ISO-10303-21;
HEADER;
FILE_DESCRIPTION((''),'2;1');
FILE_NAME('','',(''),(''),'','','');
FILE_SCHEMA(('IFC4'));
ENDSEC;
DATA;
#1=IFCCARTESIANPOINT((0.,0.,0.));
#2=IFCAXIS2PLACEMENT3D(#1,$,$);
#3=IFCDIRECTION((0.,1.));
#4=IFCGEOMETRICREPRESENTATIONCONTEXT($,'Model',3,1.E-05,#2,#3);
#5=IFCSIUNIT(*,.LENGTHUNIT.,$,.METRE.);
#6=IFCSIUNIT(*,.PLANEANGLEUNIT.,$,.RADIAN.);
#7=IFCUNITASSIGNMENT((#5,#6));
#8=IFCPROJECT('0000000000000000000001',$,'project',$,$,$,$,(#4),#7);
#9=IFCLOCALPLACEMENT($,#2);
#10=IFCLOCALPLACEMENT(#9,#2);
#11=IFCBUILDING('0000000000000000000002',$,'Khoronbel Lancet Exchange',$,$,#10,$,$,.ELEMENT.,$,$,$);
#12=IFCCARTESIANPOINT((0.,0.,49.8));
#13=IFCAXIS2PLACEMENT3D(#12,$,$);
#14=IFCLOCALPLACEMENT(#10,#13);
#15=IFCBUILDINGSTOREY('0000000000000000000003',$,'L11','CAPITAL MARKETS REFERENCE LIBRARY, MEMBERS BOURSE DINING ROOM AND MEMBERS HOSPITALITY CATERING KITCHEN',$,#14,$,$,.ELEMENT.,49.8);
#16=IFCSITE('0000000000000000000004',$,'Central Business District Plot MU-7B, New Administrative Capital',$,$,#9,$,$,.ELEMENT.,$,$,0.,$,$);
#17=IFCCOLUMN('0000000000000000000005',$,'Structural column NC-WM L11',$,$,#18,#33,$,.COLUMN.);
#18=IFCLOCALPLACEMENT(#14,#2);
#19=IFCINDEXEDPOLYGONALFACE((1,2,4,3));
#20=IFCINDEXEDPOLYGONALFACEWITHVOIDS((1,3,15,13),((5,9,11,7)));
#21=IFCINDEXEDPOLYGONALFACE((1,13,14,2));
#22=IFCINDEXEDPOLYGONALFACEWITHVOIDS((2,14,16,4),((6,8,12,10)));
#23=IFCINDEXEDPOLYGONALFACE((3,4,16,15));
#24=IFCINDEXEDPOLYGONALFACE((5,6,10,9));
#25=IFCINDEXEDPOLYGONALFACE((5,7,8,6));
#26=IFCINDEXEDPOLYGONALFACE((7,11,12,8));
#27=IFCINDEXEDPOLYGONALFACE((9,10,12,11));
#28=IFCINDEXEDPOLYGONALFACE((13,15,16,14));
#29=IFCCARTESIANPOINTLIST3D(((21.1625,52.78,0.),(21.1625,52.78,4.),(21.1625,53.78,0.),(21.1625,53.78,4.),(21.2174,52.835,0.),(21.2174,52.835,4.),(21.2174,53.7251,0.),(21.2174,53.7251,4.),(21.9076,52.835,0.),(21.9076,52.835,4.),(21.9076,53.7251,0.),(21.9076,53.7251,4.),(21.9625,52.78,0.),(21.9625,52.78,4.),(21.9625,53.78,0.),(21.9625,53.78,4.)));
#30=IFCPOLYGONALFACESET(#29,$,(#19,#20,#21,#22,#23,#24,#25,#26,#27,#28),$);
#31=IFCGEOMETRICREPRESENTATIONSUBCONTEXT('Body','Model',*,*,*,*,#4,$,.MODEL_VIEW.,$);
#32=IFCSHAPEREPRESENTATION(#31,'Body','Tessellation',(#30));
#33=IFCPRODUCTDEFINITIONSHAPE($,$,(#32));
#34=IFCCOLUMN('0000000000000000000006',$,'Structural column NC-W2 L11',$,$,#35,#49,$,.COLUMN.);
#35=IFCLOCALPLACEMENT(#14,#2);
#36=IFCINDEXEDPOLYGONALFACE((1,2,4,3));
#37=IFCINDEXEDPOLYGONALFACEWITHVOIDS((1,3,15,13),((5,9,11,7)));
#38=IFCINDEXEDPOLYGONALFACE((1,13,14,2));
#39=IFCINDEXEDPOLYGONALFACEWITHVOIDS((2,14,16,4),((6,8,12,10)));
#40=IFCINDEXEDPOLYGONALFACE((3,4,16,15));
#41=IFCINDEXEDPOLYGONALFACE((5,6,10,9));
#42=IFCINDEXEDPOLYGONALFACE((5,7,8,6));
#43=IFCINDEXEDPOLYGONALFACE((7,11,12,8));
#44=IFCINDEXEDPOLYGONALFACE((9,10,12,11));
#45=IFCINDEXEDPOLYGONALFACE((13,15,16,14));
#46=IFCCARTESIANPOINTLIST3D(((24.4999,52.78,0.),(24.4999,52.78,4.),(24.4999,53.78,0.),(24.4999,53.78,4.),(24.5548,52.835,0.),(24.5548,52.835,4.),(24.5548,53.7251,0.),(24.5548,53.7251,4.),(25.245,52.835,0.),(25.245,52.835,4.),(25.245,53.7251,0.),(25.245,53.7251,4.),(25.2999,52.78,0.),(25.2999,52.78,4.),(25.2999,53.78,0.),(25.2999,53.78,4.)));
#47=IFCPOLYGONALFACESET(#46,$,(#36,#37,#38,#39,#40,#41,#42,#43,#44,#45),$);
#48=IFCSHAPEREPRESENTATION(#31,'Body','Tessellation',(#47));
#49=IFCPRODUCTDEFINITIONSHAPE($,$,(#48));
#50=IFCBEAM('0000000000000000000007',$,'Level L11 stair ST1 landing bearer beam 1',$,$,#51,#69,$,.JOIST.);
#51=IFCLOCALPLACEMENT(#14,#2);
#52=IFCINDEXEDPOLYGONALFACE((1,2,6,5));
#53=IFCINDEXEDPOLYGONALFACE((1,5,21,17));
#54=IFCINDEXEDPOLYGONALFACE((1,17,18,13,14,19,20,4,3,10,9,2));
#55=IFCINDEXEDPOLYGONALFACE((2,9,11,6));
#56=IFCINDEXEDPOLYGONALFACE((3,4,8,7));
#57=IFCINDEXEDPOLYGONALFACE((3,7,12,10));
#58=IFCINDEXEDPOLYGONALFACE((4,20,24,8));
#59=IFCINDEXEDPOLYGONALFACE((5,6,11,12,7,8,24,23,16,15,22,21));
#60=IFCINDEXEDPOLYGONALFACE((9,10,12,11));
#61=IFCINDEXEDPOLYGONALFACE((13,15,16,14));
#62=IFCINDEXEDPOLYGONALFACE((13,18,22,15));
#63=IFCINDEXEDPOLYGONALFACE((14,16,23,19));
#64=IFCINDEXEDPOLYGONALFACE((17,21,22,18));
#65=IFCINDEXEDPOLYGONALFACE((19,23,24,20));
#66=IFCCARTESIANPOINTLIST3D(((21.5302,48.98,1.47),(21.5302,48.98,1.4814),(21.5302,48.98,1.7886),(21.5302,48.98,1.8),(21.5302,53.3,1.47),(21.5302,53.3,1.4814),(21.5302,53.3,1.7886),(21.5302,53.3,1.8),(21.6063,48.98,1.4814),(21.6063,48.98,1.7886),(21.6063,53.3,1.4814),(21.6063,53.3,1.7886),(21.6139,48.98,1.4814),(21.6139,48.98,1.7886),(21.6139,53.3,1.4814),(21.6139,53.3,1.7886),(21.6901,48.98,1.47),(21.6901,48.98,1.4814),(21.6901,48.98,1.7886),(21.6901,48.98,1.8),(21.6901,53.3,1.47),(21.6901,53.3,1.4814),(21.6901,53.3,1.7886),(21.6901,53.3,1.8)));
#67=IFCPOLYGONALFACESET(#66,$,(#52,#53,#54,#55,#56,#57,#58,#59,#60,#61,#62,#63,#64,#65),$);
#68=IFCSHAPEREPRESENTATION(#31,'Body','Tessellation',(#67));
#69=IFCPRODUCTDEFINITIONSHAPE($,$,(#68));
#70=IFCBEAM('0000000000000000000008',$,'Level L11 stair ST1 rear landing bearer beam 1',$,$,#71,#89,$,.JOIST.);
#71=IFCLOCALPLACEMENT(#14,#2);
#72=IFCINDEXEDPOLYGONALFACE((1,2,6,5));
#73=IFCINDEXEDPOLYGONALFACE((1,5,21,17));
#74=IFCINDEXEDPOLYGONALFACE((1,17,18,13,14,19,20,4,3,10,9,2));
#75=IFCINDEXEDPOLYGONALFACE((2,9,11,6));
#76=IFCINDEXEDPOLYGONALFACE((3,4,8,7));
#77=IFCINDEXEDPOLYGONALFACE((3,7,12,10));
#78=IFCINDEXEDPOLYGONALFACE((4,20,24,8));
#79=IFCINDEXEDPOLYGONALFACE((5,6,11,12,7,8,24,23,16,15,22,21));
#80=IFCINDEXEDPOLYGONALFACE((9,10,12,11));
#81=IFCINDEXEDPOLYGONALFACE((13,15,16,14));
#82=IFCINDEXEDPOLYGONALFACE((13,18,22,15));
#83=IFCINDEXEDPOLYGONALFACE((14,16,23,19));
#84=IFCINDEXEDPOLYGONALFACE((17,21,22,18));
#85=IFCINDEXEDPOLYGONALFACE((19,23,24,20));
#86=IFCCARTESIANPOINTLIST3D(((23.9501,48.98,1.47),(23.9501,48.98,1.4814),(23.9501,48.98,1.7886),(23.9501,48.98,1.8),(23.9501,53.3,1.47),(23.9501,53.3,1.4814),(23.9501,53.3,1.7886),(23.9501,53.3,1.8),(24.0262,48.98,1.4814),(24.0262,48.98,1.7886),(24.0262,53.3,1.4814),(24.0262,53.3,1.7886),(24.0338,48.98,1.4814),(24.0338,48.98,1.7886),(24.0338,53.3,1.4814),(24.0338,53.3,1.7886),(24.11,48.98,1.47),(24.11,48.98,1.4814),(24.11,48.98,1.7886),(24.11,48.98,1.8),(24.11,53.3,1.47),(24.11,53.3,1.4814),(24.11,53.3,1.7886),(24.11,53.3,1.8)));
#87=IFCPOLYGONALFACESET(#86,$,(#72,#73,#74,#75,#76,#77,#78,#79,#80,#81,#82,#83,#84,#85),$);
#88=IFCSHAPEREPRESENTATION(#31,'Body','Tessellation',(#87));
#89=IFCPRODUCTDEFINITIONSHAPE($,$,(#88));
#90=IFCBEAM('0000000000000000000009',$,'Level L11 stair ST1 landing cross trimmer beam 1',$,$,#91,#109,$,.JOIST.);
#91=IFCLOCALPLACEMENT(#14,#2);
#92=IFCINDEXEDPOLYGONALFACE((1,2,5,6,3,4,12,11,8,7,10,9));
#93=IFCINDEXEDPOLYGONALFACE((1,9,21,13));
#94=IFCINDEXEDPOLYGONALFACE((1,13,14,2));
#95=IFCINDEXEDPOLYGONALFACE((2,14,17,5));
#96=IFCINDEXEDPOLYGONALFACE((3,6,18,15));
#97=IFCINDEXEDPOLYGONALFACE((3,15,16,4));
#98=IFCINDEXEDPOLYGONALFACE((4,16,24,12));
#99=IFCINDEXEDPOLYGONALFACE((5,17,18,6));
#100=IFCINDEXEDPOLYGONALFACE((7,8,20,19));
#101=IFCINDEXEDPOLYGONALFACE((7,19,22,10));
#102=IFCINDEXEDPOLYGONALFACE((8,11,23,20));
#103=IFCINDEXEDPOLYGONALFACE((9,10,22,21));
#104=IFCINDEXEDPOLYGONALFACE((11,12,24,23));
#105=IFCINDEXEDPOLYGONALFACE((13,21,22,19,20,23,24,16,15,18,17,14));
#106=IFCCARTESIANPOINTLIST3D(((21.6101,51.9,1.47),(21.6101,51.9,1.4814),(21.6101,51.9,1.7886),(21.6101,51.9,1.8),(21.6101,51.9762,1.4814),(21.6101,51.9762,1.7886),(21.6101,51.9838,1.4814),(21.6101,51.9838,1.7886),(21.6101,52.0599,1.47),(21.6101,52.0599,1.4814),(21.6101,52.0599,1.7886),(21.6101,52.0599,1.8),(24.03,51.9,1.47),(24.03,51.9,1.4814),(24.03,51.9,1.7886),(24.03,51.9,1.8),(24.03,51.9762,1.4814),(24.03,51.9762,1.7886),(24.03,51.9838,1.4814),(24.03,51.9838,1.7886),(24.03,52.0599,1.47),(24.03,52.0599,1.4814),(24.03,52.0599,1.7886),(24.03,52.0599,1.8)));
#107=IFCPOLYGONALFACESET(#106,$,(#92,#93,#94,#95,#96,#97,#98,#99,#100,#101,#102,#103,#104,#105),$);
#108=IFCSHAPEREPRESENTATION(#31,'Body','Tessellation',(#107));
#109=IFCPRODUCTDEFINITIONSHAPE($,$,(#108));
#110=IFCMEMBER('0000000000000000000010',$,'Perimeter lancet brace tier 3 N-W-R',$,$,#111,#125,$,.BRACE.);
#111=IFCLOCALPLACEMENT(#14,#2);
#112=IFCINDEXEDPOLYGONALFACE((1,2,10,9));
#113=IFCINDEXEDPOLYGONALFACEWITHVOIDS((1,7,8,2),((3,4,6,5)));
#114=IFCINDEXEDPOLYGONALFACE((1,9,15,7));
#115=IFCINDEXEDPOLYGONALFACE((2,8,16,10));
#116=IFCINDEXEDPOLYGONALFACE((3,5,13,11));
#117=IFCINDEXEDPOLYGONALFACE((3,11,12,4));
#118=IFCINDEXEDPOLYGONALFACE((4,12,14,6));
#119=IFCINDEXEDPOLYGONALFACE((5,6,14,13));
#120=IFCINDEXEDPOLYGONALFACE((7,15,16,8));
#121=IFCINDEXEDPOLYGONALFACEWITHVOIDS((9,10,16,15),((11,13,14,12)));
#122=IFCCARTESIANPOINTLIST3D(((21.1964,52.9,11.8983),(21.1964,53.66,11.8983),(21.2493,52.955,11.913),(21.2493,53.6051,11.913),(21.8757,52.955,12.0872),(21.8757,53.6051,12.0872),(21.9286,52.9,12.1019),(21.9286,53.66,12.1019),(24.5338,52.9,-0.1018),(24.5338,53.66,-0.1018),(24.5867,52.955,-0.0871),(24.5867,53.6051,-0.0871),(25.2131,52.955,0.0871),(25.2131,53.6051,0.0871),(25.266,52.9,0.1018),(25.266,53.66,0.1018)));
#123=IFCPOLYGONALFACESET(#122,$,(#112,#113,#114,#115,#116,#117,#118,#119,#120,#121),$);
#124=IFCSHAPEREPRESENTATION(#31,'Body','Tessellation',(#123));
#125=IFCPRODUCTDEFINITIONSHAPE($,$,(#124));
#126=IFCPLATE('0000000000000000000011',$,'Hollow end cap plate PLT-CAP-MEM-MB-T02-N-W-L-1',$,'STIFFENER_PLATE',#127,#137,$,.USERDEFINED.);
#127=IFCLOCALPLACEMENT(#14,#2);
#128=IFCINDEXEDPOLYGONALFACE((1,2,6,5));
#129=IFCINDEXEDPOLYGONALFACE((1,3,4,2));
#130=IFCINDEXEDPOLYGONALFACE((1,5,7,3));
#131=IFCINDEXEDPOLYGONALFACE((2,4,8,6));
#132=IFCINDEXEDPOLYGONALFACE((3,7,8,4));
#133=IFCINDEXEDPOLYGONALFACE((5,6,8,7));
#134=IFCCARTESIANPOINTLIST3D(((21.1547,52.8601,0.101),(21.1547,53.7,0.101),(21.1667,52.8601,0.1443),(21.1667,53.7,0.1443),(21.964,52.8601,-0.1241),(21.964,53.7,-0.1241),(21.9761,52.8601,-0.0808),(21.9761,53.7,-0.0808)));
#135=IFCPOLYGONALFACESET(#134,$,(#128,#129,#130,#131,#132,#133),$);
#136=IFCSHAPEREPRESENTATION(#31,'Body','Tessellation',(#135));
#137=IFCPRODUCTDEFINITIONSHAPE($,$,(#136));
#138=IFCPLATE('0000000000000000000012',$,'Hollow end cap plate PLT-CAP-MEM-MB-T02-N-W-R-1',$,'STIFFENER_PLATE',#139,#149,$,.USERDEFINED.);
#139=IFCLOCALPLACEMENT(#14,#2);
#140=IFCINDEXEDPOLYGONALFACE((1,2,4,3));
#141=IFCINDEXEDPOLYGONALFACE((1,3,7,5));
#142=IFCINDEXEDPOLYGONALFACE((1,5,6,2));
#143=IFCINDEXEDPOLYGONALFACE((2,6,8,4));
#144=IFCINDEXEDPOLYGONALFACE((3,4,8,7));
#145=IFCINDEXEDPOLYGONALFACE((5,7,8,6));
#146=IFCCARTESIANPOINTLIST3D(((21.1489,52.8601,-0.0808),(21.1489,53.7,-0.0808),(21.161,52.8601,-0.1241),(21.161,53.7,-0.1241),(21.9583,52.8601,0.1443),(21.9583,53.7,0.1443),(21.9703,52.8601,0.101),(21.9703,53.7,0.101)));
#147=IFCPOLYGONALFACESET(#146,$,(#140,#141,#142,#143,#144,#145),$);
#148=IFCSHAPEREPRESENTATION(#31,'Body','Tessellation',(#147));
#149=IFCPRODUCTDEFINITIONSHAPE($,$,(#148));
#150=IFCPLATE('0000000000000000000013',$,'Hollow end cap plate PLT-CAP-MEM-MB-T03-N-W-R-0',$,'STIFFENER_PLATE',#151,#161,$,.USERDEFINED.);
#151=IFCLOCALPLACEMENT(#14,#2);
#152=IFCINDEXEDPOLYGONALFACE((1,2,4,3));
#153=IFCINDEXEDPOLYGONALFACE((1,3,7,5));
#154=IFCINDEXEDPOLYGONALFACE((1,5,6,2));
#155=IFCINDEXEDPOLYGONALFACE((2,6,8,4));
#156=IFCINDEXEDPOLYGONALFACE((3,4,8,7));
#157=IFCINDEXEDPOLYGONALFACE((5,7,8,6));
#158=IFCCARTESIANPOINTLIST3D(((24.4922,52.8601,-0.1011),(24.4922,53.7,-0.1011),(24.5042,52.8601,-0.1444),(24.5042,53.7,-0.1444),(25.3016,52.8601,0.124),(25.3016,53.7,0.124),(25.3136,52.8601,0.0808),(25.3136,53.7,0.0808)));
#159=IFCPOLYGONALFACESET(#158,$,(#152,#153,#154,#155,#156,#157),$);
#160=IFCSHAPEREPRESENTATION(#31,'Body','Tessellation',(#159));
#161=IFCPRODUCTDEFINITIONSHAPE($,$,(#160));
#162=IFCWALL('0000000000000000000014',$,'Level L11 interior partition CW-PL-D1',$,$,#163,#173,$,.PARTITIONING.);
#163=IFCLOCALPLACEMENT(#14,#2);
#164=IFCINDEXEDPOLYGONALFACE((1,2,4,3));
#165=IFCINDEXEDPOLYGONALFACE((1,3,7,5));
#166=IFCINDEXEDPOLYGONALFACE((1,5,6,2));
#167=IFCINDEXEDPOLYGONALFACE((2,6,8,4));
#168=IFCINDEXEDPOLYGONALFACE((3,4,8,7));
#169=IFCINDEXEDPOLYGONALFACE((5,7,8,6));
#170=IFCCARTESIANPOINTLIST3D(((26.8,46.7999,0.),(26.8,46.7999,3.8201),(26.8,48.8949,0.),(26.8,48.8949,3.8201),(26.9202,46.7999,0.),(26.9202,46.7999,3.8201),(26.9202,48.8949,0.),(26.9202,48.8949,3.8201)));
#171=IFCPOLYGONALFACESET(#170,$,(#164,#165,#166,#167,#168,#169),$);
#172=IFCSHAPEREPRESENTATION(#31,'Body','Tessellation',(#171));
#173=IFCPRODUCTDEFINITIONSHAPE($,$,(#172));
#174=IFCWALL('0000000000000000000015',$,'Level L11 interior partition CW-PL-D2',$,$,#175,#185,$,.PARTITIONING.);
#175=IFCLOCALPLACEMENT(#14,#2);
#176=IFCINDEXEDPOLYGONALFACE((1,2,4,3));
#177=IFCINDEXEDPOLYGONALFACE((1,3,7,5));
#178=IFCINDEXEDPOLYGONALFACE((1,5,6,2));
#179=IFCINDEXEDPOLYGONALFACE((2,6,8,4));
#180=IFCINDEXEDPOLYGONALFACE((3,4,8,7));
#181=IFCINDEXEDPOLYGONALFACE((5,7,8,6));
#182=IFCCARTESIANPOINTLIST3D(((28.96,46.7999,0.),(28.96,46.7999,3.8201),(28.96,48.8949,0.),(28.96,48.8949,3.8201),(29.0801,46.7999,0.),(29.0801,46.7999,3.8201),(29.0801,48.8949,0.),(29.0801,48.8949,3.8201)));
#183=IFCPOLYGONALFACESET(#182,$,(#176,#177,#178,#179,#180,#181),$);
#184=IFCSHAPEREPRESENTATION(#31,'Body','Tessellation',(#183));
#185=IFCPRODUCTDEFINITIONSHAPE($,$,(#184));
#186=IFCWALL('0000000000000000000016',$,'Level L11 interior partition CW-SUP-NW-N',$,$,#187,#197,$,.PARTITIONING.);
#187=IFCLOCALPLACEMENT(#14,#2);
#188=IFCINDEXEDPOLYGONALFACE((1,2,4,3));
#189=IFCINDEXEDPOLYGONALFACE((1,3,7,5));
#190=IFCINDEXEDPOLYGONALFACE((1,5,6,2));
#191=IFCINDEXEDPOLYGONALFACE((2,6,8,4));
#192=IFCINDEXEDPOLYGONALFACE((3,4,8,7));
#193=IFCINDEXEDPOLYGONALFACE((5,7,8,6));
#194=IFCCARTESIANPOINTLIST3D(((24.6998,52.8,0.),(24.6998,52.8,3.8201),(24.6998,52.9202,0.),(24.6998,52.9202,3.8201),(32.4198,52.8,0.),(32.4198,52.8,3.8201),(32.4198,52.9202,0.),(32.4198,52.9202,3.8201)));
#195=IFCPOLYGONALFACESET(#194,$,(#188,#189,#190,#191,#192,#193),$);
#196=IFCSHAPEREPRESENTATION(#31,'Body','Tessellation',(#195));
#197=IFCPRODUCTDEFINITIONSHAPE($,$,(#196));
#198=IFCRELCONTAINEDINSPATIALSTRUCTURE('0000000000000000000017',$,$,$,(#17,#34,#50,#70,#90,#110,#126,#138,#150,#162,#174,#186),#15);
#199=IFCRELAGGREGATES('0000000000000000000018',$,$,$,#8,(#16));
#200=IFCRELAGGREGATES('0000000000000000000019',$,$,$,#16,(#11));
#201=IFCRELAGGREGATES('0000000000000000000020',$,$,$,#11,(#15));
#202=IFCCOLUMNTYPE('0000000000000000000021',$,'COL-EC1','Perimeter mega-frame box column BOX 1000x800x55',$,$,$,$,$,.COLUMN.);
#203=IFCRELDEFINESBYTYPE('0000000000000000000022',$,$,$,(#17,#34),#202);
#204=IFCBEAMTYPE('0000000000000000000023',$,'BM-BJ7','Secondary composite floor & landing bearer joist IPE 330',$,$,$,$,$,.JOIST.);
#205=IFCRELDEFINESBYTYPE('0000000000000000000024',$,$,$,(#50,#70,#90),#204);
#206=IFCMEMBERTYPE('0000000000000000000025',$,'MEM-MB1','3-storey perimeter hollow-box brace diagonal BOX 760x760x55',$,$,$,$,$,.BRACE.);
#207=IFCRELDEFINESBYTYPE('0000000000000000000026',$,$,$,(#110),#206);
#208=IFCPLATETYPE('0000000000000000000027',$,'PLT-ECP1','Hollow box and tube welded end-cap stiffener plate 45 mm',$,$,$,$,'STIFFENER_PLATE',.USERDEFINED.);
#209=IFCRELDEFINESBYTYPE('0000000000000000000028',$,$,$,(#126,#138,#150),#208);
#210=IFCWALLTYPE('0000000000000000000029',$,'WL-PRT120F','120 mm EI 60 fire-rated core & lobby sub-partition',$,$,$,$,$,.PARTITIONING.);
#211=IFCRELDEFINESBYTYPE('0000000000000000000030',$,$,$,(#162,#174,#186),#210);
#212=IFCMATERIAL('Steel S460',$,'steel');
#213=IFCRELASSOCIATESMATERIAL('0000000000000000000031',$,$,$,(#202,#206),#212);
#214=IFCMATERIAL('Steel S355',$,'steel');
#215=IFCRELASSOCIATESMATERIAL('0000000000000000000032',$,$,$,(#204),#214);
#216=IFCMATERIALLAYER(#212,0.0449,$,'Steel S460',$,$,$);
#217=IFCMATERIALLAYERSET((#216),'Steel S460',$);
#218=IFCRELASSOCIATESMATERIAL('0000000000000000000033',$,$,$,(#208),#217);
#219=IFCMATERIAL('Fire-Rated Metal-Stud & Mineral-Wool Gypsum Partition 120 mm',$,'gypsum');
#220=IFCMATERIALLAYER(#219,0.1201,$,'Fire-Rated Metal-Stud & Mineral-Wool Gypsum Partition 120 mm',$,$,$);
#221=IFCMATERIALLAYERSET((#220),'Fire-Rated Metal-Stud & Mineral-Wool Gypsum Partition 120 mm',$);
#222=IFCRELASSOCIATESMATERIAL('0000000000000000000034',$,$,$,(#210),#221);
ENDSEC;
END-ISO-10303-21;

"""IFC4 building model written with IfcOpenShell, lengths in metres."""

from ifc_helpers import new_model, si_unit, direction, frame, frame_2d, origin, origin_2d, place, context, subcontext, project, spatial, polyline, rectangle, hollow_rectangle, i_section, outline, extrude, material, layer, layer_set, material_profile, profile_set, type_object, element, save


model = new_model("IFC4")

# Units and contexts
model_context = context("Model", 3, precision=1e-05, world=origin(), true_north=direction((0.0, 1.0)))
body_context = subcontext(model_context, "Body", "Model", "MODEL_VIEW")
ifc_project = project(units=[si_unit("LENGTHUNIT", "METRE"), si_unit("PLANEANGLEUNIT", "RADIAN")], contexts=[model_context])

# Site, building, storey
site_placement = place(None, origin())
site = spatial("IfcSite", under=ifc_project, at=site_placement, Name="Central Business District Plot MU-7B, New Administrative Capital", CompositionType="ELEMENT", RefElevation=0.0)
building_placement = place(site_placement, origin())
building = spatial("IfcBuilding", under=site, at=building_placement, Name="Khoronbel Lancet Exchange", CompositionType="ELEMENT")
storey_placement = place(building_placement, frame((0.0, 0.0, 49.8)))
storey = spatial("IfcBuildingStorey", under=building, at=storey_placement, Name="L11", Description="CAPITAL MARKETS REFERENCE LIBRARY, MEMBERS BOURSE DINING ROOM AND MEMBERS HOSPITALITY CATERING KITCHEN", CompositionType="ELEMENT", Elevation=49.8)

# Columns
ifc_material_1 = material(Name="Steel S460", Category="steel")
ifc_material_profile_1 = material_profile(ifc_material_1, hollow_rectangle(XDim=0.8, YDim=1.0, WallThickness=0.0549, at=origin_2d()), Name="BOX 1000x800x55")
ifc_profile_set_1 = profile_set([ifc_material_profile_1], Name="Steel S460")
column_type = type_object("IfcColumnType", Name="COL-EC1", Description="Perimeter mega-frame box column BOX 1000x800x55", PredefinedType="COLUMN", material=ifc_profile_set_1)
for number, where, z_axis, x_axis, name in (
    (1, (21.5625, 53.28, 0.0), (0.0, 0.0, 1.0), (1.0, 0.0, 0.0), "Structural column NC-WM L11"),
    (2, (24.8999, 53.28, 0.0), (0.0, 0.0, 1.0), (1.0, 0.0, 0.0), "Structural column NC-W2 L11"),
):
    element("IfcColumn", number, at=place(storey_placement, frame(where, z_axis=z_axis, x_axis=x_axis)), inside=storey, type_object=column_type, Name=name, PredefinedType="COLUMN", context=body_context, shape_type="SweptSolid", body=[
        extrude(hollow_rectangle(XDim=0.8, YDim=1.0, WallThickness=0.0549, at=origin_2d()), origin(), (0.0, 0.0, 1.0), 4.0),
    ])

# Beams
ifc_material_2 = material(Name="Steel S355", Category="steel")
ifc_material_profile_2 = material_profile(ifc_material_2, i_section(OverallWidth=0.1599, OverallDepth=0.3301, WebThickness=0.0076, FlangeThickness=0.0115, at=origin_2d()), Name="IPE 330")
ifc_profile_set_2 = profile_set([ifc_material_profile_2], Name="Steel S355")
beam_type = type_object("IfcBeamType", Name="BM-BJ7", Description="Secondary composite floor & landing bearer joist IPE 330", PredefinedType="JOIST", material=ifc_profile_set_2)
for number, where, z_axis, x_axis, name in (
    (3, (21.6101, 48.98, 1.635), (0.0, 1.0, 0.0), (-1.0, 0.0, 0.0), "Level L11 stair ST1 landing bearer beam 1"),
    (4, (24.03, 48.98, 1.635), (0.0, 1.0, 0.0), (-1.0, 0.0, 0.0), "Level L11 stair ST1 rear landing bearer beam 1"),
):
    element("IfcBeam", number, at=place(storey_placement, frame(where, z_axis=z_axis, x_axis=x_axis)), inside=storey, type_object=beam_type, Name=name, PredefinedType="JOIST", context=body_context, shape_type="SweptSolid", body=[
        extrude(i_section(OverallWidth=0.1599, OverallDepth=0.3301, WebThickness=0.0076, FlangeThickness=0.0115, at=origin_2d()), origin(), (0.0, 0.0, 1.0), 4.3201),
    ])
beam_placement = place(storey_placement, frame((21.6101, 51.98, 1.635), z_axis=(1.0, 0.0, 0.0), x_axis=(0.0, 1.0, 0.0)))
element("IfcBeam", 5, at=beam_placement, inside=storey, type_object=beam_type, Name="Level L11 stair ST1 landing cross trimmer beam 1", PredefinedType="JOIST", context=body_context, shape_type="SweptSolid", body=[
    extrude(i_section(OverallWidth=0.1599, OverallDepth=0.3301, WebThickness=0.0076, FlangeThickness=0.0115, at=origin_2d()), origin(), (0.0, 0.0, 1.0), 2.4199),
])

# Member
ifc_material_profile_3 = material_profile(ifc_material_1, hollow_rectangle(XDim=0.76, YDim=0.76, WallThickness=0.0549, at=origin_2d()), Name="BOX 760x760x55")
ifc_profile_set_3 = profile_set([ifc_material_profile_3], Name="Steel S460")
member_type = type_object("IfcMemberType", Name="MEM-MB1", Description="3-storey perimeter hollow-box brace diagonal BOX 760x760x55", PredefinedType="BRACE", material=ifc_profile_set_3)
member_placement = place(storey_placement, frame((24.8999, 53.28, 0.0), z_axis=(-0.267947, 0.0, 0.963434), x_axis=(0.0, -1.0, 0.0)))
element("IfcMember", 6, at=member_placement, inside=storey, type_object=member_type, Name="Perimeter lancet brace tier 3 N-W-R", PredefinedType="BRACE", context=body_context, shape_type="SweptSolid", body=[
    extrude(hollow_rectangle(XDim=0.76, YDim=0.76, WallThickness=0.0549, at=origin_2d()), origin(), (0.0, 0.0, 1.0), 12.4556),
])

# Plates
ifc_layer_1 = layer(ifc_material_1, 0.0449, Name="Steel S460")
ifc_layer_set_1 = layer_set([ifc_layer_1], Name="Steel S460")
plate_type = type_object("IfcPlateType", Name="PLT-ECP1", Description="Hollow box and tube welded end-cap stiffener plate 45 mm", ElementType="STIFFENER_PLATE", PredefinedType="USERDEFINED", material=ifc_layer_set_1)
for number, where, z_axis, x_axis, name in (
    (7, (21.9761, 52.8601, -0.0808), (0.267959, 0.0, 0.96343), (0.0, 1.0, 0.0), "Hollow end cap plate PLT-CAP-MEM-MB-T02-N-W-L-1"),
    (8, (21.1489, 53.7, -0.0808), (-0.267959, 0.0, 0.96343), (0.0, -1.0, 0.0), "Hollow end cap plate PLT-CAP-MEM-MB-T02-N-W-R-1"),
    (9, (24.4922, 53.7, -0.1011), (-0.267959, 0.0, 0.96343), (0.0, -1.0, 0.0), "Hollow end cap plate PLT-CAP-MEM-MB-T03-N-W-R-0"),
):
    element("IfcPlate", number, at=place(storey_placement, frame(where, z_axis=z_axis, x_axis=x_axis)), inside=storey, type_object=plate_type, Name=name, ObjectType="STIFFENER_PLATE", PredefinedType="USERDEFINED", context=body_context, shape_type="SweptSolid", body=[
        extrude(outline(polyline([(0.0, 0.0), (0.8398, 0.0), (0.8398, 0.8401), (0.0, 0.8401), (0.0, 0.0)])), origin(), (0.0, 0.0, -1.0), 0.0449),
    ])

# Walls
ifc_material_3 = material(Name="Fire-Rated Metal-Stud & Mineral-Wool Gypsum Partition 120 mm", Category="gypsum")
ifc_layer_2 = layer(ifc_material_3, 0.1201, Name="Fire-Rated Metal-Stud & Mineral-Wool Gypsum Partition 120 mm")
ifc_layer_set_2 = layer_set([ifc_layer_2], Name="Fire-Rated Metal-Stud & Mineral-Wool Gypsum Partition 120 mm")
wall_type_1 = type_object("IfcWallType", Name="WL-PRT120F", Description="120 mm EI 60 fire-rated core & lobby sub-partition", PredefinedType="PARTITIONING", material=ifc_layer_set_2)
for number, where, z_axis, x_axis, name in (
    (10, (26.8601, 46.8, 0.0), (0.0, 0.0, 1.0), (0.0, 1.0, 0.0), "Level L11 interior partition CW-PL-D1"),
    (11, (29.02, 46.8, 0.0), (0.0, 0.0, 1.0), (0.0, 1.0, 0.0), "Level L11 interior partition CW-PL-D2"),
):
    element("IfcWall", number, at=place(storey_placement, frame(where, z_axis=z_axis, x_axis=x_axis)), inside=storey, type_object=wall_type_1, Name=name, PredefinedType="PARTITIONING", context=body_context, shape_type="SweptSolid", body=[
        extrude(rectangle(XDim=2.095, YDim=0.1201, at=frame_2d((1.0474, 0.0))), origin(), (0.0, 0.0, 1.0), 3.8201),
    ])
wall_1_placement = place(storey_placement, frame((24.7, 52.8601, 0.0), z_axis=(0.0, 0.0, 1.0), x_axis=(1.0, 0.0, 0.0)))
element("IfcWall", 12, at=wall_1_placement, inside=storey, type_object=wall_type_1, Name="Level L11 interior partition CW-SUP-NW-N", PredefinedType="PARTITIONING", context=body_context, shape_type="SweptSolid", body=[
    extrude(rectangle(XDim=7.72, YDim=0.1201, at=frame_2d((3.8599, 0.0))), origin(), (0.0, 0.0, 1.0), 3.8201),
])

save(model, "model.ifc")
